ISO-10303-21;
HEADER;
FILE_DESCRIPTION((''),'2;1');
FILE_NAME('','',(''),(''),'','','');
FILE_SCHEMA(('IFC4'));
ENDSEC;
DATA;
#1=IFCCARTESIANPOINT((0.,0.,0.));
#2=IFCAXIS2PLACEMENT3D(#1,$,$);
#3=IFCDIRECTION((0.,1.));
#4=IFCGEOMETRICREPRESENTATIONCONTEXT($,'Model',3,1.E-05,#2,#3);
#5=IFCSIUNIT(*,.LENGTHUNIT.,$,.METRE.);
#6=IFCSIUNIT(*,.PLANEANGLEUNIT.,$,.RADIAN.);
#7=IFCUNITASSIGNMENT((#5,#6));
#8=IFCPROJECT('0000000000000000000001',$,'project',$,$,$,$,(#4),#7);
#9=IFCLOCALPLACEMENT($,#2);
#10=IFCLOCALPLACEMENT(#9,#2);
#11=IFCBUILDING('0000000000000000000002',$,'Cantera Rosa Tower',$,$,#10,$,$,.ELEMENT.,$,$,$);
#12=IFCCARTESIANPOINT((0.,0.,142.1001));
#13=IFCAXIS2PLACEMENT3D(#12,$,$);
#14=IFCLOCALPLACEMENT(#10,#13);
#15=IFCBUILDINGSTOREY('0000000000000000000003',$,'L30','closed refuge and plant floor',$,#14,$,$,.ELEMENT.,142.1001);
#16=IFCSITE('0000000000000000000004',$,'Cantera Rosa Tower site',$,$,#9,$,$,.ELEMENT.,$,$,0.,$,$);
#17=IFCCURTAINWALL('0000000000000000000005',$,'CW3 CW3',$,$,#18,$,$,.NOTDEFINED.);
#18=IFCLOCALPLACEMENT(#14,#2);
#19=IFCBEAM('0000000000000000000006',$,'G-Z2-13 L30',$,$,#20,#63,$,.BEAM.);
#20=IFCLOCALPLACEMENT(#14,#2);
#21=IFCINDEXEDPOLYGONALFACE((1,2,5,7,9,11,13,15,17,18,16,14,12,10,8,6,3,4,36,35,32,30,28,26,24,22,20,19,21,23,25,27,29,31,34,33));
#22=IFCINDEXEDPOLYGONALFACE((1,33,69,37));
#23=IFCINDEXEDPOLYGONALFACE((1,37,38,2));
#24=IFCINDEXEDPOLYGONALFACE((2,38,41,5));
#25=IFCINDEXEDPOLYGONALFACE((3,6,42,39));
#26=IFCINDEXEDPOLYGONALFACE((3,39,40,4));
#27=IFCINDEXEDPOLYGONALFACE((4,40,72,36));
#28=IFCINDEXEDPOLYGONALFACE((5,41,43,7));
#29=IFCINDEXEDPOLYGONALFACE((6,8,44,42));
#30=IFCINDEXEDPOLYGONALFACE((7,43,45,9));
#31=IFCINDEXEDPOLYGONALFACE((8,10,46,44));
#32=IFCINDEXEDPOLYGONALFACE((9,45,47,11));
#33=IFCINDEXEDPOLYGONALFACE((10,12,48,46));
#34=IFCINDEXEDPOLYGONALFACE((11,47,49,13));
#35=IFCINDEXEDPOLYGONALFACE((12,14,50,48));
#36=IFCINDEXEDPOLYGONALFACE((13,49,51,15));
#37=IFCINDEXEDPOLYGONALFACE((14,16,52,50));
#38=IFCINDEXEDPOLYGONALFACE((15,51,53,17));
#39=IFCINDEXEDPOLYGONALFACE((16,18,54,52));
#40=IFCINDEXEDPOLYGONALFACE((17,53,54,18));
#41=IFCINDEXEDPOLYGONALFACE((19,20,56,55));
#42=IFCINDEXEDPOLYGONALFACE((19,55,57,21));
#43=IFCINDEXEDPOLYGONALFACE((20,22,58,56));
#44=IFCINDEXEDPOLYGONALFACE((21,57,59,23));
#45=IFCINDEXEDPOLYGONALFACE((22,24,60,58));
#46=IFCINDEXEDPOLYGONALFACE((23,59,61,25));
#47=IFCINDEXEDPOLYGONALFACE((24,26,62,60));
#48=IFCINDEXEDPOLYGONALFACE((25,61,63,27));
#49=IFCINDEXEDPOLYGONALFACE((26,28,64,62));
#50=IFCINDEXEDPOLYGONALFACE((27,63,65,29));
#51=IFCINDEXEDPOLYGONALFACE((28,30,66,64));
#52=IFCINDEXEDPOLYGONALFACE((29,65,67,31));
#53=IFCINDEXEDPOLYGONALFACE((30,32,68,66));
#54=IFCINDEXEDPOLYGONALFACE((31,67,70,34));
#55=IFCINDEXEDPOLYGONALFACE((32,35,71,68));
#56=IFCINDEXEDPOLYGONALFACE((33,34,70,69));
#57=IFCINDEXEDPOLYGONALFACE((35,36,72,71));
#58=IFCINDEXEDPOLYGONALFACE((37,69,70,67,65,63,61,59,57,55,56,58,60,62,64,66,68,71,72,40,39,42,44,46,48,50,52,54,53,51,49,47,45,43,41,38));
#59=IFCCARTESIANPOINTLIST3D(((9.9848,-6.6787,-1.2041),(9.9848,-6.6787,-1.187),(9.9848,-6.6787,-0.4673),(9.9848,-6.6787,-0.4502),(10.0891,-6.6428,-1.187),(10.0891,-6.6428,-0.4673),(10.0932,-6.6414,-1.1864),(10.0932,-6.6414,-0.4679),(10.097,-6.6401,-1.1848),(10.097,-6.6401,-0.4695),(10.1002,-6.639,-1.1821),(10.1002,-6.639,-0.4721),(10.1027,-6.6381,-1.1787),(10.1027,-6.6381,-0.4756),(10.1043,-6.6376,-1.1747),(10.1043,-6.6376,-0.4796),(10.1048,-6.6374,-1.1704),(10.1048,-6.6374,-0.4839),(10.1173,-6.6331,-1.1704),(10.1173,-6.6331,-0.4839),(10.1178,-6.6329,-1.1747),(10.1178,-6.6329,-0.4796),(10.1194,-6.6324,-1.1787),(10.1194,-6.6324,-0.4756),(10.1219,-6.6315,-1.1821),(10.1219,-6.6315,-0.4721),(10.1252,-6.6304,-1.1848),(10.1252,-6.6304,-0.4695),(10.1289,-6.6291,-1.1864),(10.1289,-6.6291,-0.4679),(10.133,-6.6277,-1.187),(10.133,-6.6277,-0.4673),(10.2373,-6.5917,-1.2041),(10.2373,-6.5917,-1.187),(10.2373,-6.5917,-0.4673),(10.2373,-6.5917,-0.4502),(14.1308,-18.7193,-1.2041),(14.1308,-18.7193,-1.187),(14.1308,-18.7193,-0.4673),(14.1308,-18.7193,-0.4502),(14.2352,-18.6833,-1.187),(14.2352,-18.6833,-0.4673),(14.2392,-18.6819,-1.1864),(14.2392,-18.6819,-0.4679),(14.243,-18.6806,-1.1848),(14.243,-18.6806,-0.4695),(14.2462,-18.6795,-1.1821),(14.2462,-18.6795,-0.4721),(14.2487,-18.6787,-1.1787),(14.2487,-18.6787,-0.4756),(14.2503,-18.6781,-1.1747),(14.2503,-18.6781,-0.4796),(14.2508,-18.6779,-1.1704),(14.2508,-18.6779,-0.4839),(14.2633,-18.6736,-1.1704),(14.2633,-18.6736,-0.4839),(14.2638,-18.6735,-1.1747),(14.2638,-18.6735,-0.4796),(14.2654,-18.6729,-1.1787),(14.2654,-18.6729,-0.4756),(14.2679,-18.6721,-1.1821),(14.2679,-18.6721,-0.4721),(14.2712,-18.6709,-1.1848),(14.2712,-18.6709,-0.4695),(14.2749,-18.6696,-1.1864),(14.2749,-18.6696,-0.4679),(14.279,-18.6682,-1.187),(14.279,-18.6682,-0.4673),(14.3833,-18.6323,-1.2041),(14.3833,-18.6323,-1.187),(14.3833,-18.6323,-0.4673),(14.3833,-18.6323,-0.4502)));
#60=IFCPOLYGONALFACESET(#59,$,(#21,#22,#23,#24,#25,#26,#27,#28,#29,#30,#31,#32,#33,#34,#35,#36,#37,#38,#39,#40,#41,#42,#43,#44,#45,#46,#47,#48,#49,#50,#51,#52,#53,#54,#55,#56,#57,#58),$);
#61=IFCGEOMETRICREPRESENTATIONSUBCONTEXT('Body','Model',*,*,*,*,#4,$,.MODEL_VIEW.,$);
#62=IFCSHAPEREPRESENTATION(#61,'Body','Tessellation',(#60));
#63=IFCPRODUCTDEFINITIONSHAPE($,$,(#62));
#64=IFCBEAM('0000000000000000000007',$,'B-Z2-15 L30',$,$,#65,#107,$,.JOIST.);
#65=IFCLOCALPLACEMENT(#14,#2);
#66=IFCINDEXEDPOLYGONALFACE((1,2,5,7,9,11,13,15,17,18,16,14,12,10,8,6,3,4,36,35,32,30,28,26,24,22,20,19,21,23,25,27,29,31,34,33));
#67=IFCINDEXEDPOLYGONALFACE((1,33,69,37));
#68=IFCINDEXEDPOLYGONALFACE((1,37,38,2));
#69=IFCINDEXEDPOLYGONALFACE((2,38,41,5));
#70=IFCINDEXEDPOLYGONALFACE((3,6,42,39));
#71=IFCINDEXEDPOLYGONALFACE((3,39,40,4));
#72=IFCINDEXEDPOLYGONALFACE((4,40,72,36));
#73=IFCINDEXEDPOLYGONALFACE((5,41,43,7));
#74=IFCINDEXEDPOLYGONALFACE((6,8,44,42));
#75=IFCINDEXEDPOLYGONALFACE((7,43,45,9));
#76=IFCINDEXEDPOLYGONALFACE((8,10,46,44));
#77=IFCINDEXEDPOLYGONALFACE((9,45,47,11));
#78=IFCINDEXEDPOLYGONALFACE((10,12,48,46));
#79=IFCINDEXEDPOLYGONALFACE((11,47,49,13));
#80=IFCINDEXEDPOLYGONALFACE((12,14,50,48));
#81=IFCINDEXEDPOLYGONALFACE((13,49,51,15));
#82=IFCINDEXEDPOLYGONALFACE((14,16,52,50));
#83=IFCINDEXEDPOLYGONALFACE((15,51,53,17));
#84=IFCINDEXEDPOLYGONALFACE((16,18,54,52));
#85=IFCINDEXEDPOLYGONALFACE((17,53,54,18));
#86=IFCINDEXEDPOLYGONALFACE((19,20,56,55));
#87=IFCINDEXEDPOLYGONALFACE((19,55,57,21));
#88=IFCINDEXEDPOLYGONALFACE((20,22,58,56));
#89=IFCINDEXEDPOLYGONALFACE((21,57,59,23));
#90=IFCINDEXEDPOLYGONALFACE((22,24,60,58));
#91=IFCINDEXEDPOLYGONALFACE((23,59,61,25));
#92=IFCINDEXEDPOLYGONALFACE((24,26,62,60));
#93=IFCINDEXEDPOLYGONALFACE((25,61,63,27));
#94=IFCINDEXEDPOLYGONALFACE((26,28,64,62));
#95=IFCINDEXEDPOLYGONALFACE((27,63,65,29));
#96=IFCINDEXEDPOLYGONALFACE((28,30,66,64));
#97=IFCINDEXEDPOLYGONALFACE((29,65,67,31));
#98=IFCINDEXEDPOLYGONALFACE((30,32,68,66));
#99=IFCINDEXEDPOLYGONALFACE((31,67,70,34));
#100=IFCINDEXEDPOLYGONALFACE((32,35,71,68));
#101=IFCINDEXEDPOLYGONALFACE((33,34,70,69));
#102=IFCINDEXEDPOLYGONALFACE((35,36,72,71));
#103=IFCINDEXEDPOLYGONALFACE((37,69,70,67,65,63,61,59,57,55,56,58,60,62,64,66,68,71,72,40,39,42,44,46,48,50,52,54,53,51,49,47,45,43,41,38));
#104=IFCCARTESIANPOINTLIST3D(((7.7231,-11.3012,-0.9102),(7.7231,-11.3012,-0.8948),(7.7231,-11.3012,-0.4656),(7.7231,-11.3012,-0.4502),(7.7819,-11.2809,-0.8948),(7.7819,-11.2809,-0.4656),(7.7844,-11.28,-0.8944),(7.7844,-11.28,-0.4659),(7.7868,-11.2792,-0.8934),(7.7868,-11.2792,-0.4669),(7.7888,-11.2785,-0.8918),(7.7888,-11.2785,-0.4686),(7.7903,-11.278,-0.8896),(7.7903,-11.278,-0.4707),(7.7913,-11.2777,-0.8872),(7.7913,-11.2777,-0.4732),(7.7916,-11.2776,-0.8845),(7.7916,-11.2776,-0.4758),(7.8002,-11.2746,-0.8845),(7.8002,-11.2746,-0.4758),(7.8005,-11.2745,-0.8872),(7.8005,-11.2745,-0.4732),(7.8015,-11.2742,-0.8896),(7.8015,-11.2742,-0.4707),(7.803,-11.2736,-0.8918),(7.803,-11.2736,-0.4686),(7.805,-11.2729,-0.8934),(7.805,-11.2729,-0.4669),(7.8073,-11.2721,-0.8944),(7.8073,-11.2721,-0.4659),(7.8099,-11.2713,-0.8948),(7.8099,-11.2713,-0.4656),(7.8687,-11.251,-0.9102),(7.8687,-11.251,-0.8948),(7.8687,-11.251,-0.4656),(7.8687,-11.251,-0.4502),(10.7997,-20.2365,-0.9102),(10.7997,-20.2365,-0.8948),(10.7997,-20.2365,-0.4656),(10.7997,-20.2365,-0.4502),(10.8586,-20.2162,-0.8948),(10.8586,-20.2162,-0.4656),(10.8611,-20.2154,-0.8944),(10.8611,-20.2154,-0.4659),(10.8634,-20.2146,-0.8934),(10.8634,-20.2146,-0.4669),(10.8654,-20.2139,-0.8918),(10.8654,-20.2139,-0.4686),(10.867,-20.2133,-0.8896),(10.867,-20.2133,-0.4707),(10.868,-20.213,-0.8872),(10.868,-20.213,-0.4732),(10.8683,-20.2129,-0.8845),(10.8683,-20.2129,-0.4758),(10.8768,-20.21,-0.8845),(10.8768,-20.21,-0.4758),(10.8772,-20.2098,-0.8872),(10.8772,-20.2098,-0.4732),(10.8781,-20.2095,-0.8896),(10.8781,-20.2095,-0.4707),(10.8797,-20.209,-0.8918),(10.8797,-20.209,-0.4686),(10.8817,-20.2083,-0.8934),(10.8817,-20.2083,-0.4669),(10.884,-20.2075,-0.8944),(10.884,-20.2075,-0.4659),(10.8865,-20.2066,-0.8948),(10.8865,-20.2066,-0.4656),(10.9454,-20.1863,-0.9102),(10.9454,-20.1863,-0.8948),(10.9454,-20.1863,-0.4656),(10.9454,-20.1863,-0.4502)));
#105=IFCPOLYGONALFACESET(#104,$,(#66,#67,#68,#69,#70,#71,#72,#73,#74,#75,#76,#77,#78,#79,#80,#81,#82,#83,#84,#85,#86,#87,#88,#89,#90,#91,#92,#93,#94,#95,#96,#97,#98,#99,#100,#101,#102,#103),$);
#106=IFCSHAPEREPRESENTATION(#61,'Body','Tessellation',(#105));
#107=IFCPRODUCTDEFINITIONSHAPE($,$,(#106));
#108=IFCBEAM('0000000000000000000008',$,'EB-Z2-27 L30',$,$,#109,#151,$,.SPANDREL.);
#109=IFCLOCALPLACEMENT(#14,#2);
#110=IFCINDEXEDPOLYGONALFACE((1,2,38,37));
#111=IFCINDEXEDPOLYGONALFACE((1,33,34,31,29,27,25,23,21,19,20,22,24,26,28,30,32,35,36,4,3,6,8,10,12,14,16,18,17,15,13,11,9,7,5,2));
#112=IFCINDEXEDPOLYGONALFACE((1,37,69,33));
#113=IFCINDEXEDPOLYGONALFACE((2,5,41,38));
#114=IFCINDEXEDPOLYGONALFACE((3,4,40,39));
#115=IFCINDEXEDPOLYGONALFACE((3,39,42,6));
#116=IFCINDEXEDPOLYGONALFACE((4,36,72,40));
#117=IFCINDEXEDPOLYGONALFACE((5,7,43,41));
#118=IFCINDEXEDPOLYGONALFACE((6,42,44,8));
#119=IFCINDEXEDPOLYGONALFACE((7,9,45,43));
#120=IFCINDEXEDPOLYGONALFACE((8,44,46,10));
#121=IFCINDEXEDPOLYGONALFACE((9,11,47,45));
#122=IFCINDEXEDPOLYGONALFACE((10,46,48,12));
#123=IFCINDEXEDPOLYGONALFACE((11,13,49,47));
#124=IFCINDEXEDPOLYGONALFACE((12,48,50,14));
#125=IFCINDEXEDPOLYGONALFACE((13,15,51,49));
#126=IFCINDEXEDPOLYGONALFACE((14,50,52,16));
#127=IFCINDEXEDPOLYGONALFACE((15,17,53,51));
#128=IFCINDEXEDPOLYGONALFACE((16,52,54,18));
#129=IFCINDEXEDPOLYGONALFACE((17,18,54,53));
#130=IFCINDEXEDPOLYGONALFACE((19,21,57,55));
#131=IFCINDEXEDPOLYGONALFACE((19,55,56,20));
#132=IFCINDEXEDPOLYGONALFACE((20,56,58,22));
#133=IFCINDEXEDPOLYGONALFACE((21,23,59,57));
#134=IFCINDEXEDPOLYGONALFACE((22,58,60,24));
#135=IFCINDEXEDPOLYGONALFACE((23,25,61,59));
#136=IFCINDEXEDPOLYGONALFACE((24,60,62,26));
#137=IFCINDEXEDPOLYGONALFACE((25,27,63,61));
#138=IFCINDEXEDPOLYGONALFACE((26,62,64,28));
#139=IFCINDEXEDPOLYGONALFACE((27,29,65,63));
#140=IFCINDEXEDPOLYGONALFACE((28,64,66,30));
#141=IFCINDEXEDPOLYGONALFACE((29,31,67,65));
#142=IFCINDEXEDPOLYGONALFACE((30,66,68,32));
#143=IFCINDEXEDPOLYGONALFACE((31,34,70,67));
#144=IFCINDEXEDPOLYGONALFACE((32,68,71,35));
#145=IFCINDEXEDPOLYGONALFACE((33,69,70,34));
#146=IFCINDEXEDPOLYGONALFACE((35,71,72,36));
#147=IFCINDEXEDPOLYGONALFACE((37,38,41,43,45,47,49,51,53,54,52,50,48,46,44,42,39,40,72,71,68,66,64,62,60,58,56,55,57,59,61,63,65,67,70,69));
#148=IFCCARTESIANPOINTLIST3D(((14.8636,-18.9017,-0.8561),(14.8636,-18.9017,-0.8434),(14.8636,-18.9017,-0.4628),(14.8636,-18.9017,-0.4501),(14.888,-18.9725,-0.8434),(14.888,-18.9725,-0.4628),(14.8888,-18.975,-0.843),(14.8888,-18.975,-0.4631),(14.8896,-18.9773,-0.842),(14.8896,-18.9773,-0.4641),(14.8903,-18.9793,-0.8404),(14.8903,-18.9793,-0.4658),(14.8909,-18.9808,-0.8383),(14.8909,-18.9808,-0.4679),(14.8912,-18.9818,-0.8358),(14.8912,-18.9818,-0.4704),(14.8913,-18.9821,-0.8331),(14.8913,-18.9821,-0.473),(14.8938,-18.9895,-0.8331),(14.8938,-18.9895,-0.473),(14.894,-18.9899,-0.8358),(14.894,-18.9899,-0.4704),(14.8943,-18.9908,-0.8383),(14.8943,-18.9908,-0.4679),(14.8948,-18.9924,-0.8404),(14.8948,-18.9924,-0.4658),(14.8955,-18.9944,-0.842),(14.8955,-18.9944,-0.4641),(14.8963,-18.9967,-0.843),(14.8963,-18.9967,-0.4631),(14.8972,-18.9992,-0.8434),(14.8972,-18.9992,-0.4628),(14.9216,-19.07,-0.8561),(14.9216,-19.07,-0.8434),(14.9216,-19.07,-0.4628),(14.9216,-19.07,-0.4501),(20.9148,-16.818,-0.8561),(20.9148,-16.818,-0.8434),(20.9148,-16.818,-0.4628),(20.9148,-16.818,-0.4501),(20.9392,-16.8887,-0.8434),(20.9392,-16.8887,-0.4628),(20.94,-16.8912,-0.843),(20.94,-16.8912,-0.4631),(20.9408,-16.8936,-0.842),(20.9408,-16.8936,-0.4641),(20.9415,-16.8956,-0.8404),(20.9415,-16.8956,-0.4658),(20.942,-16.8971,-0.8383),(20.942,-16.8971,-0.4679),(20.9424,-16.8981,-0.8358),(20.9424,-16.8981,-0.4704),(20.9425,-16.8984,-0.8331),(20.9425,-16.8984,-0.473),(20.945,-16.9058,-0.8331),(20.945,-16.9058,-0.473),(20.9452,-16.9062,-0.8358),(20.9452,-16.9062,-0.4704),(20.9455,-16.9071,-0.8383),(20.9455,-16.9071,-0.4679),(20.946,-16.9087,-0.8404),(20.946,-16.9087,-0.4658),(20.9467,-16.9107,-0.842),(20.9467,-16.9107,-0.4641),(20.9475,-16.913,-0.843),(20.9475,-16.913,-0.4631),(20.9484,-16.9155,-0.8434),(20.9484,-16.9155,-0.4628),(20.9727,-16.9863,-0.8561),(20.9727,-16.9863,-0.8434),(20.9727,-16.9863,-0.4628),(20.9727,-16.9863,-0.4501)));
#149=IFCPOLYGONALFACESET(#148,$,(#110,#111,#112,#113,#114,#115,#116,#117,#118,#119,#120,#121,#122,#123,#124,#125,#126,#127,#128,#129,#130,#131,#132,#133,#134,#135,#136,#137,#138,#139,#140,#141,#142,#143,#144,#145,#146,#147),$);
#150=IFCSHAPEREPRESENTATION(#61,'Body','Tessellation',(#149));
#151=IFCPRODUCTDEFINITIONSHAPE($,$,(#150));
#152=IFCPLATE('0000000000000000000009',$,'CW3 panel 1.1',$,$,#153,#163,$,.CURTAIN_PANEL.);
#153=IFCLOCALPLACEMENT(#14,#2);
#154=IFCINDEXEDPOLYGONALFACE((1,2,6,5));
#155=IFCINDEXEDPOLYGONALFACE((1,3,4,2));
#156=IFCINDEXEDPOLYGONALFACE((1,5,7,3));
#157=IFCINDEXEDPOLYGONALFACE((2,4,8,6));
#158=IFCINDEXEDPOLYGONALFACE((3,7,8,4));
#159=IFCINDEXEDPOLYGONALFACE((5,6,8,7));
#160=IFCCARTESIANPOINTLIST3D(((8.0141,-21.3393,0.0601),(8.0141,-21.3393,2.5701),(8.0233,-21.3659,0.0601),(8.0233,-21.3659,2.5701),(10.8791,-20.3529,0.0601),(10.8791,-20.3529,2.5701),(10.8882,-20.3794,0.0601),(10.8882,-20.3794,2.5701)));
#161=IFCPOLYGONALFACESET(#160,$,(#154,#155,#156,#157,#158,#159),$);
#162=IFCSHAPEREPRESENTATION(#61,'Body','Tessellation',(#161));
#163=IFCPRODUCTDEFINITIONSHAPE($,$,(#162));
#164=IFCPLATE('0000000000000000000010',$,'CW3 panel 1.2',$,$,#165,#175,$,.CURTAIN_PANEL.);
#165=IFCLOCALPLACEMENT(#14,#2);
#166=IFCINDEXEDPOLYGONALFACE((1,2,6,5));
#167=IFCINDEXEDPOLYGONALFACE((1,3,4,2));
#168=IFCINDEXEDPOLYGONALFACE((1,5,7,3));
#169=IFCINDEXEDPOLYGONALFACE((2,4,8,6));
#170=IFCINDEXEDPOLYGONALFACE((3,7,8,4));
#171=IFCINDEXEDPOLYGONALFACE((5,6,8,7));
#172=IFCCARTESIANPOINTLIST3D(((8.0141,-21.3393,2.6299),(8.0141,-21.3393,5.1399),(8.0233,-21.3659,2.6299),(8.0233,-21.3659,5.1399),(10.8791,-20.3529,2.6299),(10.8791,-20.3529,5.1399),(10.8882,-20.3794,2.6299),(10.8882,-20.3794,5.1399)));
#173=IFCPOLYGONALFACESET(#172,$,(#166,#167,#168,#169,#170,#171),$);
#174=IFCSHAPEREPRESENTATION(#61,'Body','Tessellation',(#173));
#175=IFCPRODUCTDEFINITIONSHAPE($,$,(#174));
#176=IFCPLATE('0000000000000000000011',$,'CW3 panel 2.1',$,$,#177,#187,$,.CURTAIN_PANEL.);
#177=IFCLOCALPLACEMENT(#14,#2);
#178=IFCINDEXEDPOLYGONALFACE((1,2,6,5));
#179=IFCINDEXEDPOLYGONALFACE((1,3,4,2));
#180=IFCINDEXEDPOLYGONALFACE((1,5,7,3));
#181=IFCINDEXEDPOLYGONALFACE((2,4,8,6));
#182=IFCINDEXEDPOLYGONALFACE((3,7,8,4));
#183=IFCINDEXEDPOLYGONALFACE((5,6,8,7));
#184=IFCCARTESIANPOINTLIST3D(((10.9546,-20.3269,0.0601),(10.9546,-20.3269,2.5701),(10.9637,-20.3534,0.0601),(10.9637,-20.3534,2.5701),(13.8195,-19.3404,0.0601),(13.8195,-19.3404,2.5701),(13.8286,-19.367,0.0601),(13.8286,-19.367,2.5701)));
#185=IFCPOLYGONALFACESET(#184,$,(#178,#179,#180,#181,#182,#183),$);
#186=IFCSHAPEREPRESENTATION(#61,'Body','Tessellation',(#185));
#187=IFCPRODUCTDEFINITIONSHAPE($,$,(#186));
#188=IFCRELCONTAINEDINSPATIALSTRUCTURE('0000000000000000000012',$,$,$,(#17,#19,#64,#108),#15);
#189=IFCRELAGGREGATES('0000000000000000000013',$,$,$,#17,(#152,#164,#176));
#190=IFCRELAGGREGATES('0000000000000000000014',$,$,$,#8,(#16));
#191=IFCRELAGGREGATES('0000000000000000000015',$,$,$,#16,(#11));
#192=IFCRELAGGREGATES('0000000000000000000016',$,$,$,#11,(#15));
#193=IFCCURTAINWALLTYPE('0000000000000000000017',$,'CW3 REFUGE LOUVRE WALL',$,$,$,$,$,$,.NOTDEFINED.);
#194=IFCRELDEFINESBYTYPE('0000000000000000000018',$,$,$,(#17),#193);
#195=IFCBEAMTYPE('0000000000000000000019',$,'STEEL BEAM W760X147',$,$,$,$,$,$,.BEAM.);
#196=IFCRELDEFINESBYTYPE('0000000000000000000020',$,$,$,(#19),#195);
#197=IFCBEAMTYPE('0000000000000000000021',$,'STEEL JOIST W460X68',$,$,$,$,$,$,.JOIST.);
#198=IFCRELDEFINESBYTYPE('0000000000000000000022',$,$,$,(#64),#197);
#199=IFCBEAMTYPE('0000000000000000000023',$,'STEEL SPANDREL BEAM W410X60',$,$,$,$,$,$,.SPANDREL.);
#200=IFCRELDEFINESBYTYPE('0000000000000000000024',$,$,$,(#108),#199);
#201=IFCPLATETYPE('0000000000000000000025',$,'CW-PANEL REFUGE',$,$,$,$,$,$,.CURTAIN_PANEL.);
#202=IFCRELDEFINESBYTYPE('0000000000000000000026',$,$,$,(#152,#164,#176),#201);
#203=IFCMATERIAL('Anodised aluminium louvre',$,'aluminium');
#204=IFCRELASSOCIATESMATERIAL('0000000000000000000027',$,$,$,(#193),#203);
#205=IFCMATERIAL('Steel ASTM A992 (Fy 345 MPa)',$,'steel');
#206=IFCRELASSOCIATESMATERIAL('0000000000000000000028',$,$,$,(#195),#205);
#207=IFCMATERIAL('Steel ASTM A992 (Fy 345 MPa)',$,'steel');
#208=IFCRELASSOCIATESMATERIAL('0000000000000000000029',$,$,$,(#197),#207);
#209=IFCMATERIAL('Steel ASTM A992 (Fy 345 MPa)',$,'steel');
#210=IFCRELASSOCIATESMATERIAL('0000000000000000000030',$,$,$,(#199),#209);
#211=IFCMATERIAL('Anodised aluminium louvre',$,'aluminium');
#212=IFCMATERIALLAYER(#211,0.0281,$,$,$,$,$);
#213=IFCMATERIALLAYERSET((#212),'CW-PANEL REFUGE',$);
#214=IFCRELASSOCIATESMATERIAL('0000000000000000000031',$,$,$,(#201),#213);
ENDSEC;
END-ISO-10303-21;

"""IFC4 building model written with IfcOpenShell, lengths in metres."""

from ifc_helpers import new_model, si_unit, direction, frame, origin, origin_2d, place, context, subcontext, project, spatial, rectangle, i_section, extrude, material, layer, layer_set, material_profile, profile_set, type_object, element, aggregate, save


model = new_model("IFC4")

# Units and contexts
model_context = context("Model", 3, precision=1e-05, world=origin(), true_north=direction((0.0, 1.0)))
body_context = subcontext(model_context, "Body", "Model", "MODEL_VIEW")
ifc_project = project(units=[si_unit("LENGTHUNIT", "METRE"), si_unit("PLANEANGLEUNIT", "RADIAN")], contexts=[model_context])

# Site, building, storey
site_placement = place(None, origin())
site = spatial("IfcSite", under=ifc_project, at=site_placement, Name="Cantera Rosa Tower site", CompositionType="ELEMENT", RefElevation=0.0)
building_placement = place(site_placement, origin())
building = spatial("IfcBuilding", under=site, at=building_placement, Name="Cantera Rosa Tower", CompositionType="ELEMENT")
storey_placement = place(building_placement, frame((0.0, 0.0, 142.1001)))
storey = spatial("IfcBuildingStorey", under=building, at=storey_placement, Name="L30", Description="closed refuge and plant floor", CompositionType="ELEMENT", Elevation=142.1001)

# Curtain wall
ifc_material_1 = material(Name="Anodised aluminium louvre", Category="aluminium")
curtain_wall_type = type_object("IfcCurtainWallType", Name="CW3 REFUGE LOUVRE WALL", PredefinedType="NOTDEFINED", material=ifc_material_1)
curtain_wall_1_placement = place(storey_placement, origin())
curtain_wall_1 = element("IfcCurtainWall", 1, at=curtain_wall_1_placement, inside=storey, type_object=curtain_wall_type, Name="CW3 CW3", PredefinedType="NOTDEFINED")

# Beams
ifc_material_2 = material(Name="Steel ASTM A992 (Fy 345 MPa)", Category="steel")
ifc_material_profile_1 = material_profile(ifc_material_2, i_section(OverallWidth=0.2671, OverallDepth=0.7539, WebThickness=0.0132, FlangeThickness=0.0171, FilletRadius=0.0166, at=origin_2d()), Name="W760X147")
ifc_profile_set_1 = profile_set([ifc_material_profile_1], Name="Steel ASTM A992 (Fy 345 MPa)")
beam_type_1 = type_object("IfcBeamType", Name="STEEL BEAM W760X147", PredefinedType="BEAM", material=ifc_profile_set_1)
beam_1_placement = place(storey_placement, frame((14.2571, -18.6758, -0.8271), z_axis=(-0.325576, 0.945516, 0.0), x_axis=(-0.945516, -0.325576, 0.0)))
element("IfcBeam", 2, at=beam_1_placement, inside=storey, type_object=beam_type_1, Name="G-Z2-13 L30", PredefinedType="BEAM", context=body_context, shape_type="SweptSolid", body=[
    extrude(i_section(OverallWidth=0.2671, OverallDepth=0.7539, WebThickness=0.0132, FlangeThickness=0.0171, FilletRadius=0.0166, at=origin_2d()), origin(), (0.0, 0.0, 1.0), 12.7344),
])
ifc_material_3 = material(Name="Steel ASTM A992 (Fy 345 MPa)", Category="steel")
ifc_material_profile_2 = material_profile(ifc_material_3, i_section(OverallWidth=0.1541, OverallDepth=0.46, WebThickness=0.009, FlangeThickness=0.0154, FilletRadius=0.0103, at=origin_2d()), Name="W460X68")
ifc_profile_set_2 = profile_set([ifc_material_profile_2], Name="Steel ASTM A992 (Fy 345 MPa)")
beam_type_2 = type_object("IfcBeamType", Name="STEEL JOIST W460X68", PredefinedType="JOIST", material=ifc_profile_set_2)
beam_2_placement = place(storey_placement, frame((10.8726, -20.2114, -0.6802), z_axis=(-0.325567, 0.945519, 0.0), x_axis=(-0.945519, -0.325567, 0.0)))
element("IfcBeam", 3, at=beam_2_placement, inside=storey, type_object=beam_type_2, Name="B-Z2-15 L30", PredefinedType="JOIST", context=body_context, shape_type="SweptSolid", body=[
    extrude(i_section(OverallWidth=0.1541, OverallDepth=0.46, WebThickness=0.009, FlangeThickness=0.0154, FilletRadius=0.0103, at=origin_2d()), origin(), (0.0, 0.0, 1.0), 9.4502),
])
ifc_material_4 = material(Name="Steel ASTM A992 (Fy 345 MPa)", Category="steel")
ifc_material_profile_3 = material_profile(ifc_material_4, i_section(OverallWidth=0.178, OverallDepth=0.406, WebThickness=0.0078, FlangeThickness=0.0127, FilletRadius=0.0103, at=origin_2d()), Name="W410X60")
ifc_profile_set_3 = profile_set([ifc_material_profile_3], Name="Steel ASTM A992 (Fy 345 MPa)")
beam_type_3 = type_object("IfcBeamType", Name="STEEL SPANDREL BEAM W410X60", PredefinedType="SPANDREL", material=ifc_profile_set_3)
beam_3_placement = place(storey_placement, frame((14.8926, -18.9858, -0.6531), z_axis=(0.945513, 0.325585, 0.0), x_axis=(-0.325585, 0.945513, 0.0)))
element("IfcBeam", 4, at=beam_3_placement, inside=storey, type_object=beam_type_3, Name="EB-Z2-27 L30", PredefinedType="SPANDREL", context=body_context, shape_type="SweptSolid", body=[
    extrude(i_section(OverallWidth=0.178, OverallDepth=0.406, WebThickness=0.0078, FlangeThickness=0.0127, FilletRadius=0.0103, at=origin_2d()), origin(), (0.0, 0.0, 1.0), 6.3999),
])

# Plates
ifc_material_5 = material(Name="Anodised aluminium louvre", Category="aluminium")
ifc_layer = layer(ifc_material_5, 0.0281)
ifc_layer_set = layer_set([ifc_layer], Name="CW-PANEL REFUGE")
plate_type = type_object("IfcPlateType", Name="CW-PANEL REFUGE", PredefinedType="CURTAIN_PANEL", material=ifc_layer_set)
plate_1_placement = place(storey_placement, frame((9.4512, -20.8594, 0.0601), z_axis=(0.0, 0.0, 1.0), x_axis=(0.945519, 0.325568, 0.0)))
plate_1 = element("IfcPlate", 5, at=plate_1_placement, type_object=plate_type, Name="CW3 panel 1.1", PredefinedType="CURTAIN_PANEL", context=body_context, shape_type="SweptSolid", body=[
    extrude(rectangle(XDim=3.03, YDim=0.0281, at=origin_2d()), origin(), (0.0, 0.0, 1.0), 2.51),
])
plate_2_placement = place(storey_placement, frame((9.4512, -20.8594, 2.6299), z_axis=(0.0, 0.0, 1.0), x_axis=(0.945519, 0.325568, 0.0)))
plate_2 = element("IfcPlate", 6, at=plate_2_placement, type_object=plate_type, Name="CW3 panel 1.2", PredefinedType="CURTAIN_PANEL", context=body_context, shape_type="SweptSolid", body=[
    extrude(rectangle(XDim=3.03, YDim=0.0281, at=origin_2d()), origin(), (0.0, 0.0, 1.0), 2.51),
])
plate_3_placement = place(storey_placement, frame((12.3916, -19.8469, 0.0601), z_axis=(0.0, 0.0, 1.0), x_axis=(0.945519, 0.325568, 0.0)))
plate_3 = element("IfcPlate", 7, at=plate_3_placement, type_object=plate_type, Name="CW3 panel 2.1", PredefinedType="CURTAIN_PANEL", context=body_context, shape_type="SweptSolid", body=[
    extrude(rectangle(XDim=3.03, YDim=0.0281, at=origin_2d()), origin(), (0.0, 0.0, 1.0), 2.51),
])
aggregate(curtain_wall_1, [plate_1, plate_2, plate_3])

save(model, "model.ifc")
